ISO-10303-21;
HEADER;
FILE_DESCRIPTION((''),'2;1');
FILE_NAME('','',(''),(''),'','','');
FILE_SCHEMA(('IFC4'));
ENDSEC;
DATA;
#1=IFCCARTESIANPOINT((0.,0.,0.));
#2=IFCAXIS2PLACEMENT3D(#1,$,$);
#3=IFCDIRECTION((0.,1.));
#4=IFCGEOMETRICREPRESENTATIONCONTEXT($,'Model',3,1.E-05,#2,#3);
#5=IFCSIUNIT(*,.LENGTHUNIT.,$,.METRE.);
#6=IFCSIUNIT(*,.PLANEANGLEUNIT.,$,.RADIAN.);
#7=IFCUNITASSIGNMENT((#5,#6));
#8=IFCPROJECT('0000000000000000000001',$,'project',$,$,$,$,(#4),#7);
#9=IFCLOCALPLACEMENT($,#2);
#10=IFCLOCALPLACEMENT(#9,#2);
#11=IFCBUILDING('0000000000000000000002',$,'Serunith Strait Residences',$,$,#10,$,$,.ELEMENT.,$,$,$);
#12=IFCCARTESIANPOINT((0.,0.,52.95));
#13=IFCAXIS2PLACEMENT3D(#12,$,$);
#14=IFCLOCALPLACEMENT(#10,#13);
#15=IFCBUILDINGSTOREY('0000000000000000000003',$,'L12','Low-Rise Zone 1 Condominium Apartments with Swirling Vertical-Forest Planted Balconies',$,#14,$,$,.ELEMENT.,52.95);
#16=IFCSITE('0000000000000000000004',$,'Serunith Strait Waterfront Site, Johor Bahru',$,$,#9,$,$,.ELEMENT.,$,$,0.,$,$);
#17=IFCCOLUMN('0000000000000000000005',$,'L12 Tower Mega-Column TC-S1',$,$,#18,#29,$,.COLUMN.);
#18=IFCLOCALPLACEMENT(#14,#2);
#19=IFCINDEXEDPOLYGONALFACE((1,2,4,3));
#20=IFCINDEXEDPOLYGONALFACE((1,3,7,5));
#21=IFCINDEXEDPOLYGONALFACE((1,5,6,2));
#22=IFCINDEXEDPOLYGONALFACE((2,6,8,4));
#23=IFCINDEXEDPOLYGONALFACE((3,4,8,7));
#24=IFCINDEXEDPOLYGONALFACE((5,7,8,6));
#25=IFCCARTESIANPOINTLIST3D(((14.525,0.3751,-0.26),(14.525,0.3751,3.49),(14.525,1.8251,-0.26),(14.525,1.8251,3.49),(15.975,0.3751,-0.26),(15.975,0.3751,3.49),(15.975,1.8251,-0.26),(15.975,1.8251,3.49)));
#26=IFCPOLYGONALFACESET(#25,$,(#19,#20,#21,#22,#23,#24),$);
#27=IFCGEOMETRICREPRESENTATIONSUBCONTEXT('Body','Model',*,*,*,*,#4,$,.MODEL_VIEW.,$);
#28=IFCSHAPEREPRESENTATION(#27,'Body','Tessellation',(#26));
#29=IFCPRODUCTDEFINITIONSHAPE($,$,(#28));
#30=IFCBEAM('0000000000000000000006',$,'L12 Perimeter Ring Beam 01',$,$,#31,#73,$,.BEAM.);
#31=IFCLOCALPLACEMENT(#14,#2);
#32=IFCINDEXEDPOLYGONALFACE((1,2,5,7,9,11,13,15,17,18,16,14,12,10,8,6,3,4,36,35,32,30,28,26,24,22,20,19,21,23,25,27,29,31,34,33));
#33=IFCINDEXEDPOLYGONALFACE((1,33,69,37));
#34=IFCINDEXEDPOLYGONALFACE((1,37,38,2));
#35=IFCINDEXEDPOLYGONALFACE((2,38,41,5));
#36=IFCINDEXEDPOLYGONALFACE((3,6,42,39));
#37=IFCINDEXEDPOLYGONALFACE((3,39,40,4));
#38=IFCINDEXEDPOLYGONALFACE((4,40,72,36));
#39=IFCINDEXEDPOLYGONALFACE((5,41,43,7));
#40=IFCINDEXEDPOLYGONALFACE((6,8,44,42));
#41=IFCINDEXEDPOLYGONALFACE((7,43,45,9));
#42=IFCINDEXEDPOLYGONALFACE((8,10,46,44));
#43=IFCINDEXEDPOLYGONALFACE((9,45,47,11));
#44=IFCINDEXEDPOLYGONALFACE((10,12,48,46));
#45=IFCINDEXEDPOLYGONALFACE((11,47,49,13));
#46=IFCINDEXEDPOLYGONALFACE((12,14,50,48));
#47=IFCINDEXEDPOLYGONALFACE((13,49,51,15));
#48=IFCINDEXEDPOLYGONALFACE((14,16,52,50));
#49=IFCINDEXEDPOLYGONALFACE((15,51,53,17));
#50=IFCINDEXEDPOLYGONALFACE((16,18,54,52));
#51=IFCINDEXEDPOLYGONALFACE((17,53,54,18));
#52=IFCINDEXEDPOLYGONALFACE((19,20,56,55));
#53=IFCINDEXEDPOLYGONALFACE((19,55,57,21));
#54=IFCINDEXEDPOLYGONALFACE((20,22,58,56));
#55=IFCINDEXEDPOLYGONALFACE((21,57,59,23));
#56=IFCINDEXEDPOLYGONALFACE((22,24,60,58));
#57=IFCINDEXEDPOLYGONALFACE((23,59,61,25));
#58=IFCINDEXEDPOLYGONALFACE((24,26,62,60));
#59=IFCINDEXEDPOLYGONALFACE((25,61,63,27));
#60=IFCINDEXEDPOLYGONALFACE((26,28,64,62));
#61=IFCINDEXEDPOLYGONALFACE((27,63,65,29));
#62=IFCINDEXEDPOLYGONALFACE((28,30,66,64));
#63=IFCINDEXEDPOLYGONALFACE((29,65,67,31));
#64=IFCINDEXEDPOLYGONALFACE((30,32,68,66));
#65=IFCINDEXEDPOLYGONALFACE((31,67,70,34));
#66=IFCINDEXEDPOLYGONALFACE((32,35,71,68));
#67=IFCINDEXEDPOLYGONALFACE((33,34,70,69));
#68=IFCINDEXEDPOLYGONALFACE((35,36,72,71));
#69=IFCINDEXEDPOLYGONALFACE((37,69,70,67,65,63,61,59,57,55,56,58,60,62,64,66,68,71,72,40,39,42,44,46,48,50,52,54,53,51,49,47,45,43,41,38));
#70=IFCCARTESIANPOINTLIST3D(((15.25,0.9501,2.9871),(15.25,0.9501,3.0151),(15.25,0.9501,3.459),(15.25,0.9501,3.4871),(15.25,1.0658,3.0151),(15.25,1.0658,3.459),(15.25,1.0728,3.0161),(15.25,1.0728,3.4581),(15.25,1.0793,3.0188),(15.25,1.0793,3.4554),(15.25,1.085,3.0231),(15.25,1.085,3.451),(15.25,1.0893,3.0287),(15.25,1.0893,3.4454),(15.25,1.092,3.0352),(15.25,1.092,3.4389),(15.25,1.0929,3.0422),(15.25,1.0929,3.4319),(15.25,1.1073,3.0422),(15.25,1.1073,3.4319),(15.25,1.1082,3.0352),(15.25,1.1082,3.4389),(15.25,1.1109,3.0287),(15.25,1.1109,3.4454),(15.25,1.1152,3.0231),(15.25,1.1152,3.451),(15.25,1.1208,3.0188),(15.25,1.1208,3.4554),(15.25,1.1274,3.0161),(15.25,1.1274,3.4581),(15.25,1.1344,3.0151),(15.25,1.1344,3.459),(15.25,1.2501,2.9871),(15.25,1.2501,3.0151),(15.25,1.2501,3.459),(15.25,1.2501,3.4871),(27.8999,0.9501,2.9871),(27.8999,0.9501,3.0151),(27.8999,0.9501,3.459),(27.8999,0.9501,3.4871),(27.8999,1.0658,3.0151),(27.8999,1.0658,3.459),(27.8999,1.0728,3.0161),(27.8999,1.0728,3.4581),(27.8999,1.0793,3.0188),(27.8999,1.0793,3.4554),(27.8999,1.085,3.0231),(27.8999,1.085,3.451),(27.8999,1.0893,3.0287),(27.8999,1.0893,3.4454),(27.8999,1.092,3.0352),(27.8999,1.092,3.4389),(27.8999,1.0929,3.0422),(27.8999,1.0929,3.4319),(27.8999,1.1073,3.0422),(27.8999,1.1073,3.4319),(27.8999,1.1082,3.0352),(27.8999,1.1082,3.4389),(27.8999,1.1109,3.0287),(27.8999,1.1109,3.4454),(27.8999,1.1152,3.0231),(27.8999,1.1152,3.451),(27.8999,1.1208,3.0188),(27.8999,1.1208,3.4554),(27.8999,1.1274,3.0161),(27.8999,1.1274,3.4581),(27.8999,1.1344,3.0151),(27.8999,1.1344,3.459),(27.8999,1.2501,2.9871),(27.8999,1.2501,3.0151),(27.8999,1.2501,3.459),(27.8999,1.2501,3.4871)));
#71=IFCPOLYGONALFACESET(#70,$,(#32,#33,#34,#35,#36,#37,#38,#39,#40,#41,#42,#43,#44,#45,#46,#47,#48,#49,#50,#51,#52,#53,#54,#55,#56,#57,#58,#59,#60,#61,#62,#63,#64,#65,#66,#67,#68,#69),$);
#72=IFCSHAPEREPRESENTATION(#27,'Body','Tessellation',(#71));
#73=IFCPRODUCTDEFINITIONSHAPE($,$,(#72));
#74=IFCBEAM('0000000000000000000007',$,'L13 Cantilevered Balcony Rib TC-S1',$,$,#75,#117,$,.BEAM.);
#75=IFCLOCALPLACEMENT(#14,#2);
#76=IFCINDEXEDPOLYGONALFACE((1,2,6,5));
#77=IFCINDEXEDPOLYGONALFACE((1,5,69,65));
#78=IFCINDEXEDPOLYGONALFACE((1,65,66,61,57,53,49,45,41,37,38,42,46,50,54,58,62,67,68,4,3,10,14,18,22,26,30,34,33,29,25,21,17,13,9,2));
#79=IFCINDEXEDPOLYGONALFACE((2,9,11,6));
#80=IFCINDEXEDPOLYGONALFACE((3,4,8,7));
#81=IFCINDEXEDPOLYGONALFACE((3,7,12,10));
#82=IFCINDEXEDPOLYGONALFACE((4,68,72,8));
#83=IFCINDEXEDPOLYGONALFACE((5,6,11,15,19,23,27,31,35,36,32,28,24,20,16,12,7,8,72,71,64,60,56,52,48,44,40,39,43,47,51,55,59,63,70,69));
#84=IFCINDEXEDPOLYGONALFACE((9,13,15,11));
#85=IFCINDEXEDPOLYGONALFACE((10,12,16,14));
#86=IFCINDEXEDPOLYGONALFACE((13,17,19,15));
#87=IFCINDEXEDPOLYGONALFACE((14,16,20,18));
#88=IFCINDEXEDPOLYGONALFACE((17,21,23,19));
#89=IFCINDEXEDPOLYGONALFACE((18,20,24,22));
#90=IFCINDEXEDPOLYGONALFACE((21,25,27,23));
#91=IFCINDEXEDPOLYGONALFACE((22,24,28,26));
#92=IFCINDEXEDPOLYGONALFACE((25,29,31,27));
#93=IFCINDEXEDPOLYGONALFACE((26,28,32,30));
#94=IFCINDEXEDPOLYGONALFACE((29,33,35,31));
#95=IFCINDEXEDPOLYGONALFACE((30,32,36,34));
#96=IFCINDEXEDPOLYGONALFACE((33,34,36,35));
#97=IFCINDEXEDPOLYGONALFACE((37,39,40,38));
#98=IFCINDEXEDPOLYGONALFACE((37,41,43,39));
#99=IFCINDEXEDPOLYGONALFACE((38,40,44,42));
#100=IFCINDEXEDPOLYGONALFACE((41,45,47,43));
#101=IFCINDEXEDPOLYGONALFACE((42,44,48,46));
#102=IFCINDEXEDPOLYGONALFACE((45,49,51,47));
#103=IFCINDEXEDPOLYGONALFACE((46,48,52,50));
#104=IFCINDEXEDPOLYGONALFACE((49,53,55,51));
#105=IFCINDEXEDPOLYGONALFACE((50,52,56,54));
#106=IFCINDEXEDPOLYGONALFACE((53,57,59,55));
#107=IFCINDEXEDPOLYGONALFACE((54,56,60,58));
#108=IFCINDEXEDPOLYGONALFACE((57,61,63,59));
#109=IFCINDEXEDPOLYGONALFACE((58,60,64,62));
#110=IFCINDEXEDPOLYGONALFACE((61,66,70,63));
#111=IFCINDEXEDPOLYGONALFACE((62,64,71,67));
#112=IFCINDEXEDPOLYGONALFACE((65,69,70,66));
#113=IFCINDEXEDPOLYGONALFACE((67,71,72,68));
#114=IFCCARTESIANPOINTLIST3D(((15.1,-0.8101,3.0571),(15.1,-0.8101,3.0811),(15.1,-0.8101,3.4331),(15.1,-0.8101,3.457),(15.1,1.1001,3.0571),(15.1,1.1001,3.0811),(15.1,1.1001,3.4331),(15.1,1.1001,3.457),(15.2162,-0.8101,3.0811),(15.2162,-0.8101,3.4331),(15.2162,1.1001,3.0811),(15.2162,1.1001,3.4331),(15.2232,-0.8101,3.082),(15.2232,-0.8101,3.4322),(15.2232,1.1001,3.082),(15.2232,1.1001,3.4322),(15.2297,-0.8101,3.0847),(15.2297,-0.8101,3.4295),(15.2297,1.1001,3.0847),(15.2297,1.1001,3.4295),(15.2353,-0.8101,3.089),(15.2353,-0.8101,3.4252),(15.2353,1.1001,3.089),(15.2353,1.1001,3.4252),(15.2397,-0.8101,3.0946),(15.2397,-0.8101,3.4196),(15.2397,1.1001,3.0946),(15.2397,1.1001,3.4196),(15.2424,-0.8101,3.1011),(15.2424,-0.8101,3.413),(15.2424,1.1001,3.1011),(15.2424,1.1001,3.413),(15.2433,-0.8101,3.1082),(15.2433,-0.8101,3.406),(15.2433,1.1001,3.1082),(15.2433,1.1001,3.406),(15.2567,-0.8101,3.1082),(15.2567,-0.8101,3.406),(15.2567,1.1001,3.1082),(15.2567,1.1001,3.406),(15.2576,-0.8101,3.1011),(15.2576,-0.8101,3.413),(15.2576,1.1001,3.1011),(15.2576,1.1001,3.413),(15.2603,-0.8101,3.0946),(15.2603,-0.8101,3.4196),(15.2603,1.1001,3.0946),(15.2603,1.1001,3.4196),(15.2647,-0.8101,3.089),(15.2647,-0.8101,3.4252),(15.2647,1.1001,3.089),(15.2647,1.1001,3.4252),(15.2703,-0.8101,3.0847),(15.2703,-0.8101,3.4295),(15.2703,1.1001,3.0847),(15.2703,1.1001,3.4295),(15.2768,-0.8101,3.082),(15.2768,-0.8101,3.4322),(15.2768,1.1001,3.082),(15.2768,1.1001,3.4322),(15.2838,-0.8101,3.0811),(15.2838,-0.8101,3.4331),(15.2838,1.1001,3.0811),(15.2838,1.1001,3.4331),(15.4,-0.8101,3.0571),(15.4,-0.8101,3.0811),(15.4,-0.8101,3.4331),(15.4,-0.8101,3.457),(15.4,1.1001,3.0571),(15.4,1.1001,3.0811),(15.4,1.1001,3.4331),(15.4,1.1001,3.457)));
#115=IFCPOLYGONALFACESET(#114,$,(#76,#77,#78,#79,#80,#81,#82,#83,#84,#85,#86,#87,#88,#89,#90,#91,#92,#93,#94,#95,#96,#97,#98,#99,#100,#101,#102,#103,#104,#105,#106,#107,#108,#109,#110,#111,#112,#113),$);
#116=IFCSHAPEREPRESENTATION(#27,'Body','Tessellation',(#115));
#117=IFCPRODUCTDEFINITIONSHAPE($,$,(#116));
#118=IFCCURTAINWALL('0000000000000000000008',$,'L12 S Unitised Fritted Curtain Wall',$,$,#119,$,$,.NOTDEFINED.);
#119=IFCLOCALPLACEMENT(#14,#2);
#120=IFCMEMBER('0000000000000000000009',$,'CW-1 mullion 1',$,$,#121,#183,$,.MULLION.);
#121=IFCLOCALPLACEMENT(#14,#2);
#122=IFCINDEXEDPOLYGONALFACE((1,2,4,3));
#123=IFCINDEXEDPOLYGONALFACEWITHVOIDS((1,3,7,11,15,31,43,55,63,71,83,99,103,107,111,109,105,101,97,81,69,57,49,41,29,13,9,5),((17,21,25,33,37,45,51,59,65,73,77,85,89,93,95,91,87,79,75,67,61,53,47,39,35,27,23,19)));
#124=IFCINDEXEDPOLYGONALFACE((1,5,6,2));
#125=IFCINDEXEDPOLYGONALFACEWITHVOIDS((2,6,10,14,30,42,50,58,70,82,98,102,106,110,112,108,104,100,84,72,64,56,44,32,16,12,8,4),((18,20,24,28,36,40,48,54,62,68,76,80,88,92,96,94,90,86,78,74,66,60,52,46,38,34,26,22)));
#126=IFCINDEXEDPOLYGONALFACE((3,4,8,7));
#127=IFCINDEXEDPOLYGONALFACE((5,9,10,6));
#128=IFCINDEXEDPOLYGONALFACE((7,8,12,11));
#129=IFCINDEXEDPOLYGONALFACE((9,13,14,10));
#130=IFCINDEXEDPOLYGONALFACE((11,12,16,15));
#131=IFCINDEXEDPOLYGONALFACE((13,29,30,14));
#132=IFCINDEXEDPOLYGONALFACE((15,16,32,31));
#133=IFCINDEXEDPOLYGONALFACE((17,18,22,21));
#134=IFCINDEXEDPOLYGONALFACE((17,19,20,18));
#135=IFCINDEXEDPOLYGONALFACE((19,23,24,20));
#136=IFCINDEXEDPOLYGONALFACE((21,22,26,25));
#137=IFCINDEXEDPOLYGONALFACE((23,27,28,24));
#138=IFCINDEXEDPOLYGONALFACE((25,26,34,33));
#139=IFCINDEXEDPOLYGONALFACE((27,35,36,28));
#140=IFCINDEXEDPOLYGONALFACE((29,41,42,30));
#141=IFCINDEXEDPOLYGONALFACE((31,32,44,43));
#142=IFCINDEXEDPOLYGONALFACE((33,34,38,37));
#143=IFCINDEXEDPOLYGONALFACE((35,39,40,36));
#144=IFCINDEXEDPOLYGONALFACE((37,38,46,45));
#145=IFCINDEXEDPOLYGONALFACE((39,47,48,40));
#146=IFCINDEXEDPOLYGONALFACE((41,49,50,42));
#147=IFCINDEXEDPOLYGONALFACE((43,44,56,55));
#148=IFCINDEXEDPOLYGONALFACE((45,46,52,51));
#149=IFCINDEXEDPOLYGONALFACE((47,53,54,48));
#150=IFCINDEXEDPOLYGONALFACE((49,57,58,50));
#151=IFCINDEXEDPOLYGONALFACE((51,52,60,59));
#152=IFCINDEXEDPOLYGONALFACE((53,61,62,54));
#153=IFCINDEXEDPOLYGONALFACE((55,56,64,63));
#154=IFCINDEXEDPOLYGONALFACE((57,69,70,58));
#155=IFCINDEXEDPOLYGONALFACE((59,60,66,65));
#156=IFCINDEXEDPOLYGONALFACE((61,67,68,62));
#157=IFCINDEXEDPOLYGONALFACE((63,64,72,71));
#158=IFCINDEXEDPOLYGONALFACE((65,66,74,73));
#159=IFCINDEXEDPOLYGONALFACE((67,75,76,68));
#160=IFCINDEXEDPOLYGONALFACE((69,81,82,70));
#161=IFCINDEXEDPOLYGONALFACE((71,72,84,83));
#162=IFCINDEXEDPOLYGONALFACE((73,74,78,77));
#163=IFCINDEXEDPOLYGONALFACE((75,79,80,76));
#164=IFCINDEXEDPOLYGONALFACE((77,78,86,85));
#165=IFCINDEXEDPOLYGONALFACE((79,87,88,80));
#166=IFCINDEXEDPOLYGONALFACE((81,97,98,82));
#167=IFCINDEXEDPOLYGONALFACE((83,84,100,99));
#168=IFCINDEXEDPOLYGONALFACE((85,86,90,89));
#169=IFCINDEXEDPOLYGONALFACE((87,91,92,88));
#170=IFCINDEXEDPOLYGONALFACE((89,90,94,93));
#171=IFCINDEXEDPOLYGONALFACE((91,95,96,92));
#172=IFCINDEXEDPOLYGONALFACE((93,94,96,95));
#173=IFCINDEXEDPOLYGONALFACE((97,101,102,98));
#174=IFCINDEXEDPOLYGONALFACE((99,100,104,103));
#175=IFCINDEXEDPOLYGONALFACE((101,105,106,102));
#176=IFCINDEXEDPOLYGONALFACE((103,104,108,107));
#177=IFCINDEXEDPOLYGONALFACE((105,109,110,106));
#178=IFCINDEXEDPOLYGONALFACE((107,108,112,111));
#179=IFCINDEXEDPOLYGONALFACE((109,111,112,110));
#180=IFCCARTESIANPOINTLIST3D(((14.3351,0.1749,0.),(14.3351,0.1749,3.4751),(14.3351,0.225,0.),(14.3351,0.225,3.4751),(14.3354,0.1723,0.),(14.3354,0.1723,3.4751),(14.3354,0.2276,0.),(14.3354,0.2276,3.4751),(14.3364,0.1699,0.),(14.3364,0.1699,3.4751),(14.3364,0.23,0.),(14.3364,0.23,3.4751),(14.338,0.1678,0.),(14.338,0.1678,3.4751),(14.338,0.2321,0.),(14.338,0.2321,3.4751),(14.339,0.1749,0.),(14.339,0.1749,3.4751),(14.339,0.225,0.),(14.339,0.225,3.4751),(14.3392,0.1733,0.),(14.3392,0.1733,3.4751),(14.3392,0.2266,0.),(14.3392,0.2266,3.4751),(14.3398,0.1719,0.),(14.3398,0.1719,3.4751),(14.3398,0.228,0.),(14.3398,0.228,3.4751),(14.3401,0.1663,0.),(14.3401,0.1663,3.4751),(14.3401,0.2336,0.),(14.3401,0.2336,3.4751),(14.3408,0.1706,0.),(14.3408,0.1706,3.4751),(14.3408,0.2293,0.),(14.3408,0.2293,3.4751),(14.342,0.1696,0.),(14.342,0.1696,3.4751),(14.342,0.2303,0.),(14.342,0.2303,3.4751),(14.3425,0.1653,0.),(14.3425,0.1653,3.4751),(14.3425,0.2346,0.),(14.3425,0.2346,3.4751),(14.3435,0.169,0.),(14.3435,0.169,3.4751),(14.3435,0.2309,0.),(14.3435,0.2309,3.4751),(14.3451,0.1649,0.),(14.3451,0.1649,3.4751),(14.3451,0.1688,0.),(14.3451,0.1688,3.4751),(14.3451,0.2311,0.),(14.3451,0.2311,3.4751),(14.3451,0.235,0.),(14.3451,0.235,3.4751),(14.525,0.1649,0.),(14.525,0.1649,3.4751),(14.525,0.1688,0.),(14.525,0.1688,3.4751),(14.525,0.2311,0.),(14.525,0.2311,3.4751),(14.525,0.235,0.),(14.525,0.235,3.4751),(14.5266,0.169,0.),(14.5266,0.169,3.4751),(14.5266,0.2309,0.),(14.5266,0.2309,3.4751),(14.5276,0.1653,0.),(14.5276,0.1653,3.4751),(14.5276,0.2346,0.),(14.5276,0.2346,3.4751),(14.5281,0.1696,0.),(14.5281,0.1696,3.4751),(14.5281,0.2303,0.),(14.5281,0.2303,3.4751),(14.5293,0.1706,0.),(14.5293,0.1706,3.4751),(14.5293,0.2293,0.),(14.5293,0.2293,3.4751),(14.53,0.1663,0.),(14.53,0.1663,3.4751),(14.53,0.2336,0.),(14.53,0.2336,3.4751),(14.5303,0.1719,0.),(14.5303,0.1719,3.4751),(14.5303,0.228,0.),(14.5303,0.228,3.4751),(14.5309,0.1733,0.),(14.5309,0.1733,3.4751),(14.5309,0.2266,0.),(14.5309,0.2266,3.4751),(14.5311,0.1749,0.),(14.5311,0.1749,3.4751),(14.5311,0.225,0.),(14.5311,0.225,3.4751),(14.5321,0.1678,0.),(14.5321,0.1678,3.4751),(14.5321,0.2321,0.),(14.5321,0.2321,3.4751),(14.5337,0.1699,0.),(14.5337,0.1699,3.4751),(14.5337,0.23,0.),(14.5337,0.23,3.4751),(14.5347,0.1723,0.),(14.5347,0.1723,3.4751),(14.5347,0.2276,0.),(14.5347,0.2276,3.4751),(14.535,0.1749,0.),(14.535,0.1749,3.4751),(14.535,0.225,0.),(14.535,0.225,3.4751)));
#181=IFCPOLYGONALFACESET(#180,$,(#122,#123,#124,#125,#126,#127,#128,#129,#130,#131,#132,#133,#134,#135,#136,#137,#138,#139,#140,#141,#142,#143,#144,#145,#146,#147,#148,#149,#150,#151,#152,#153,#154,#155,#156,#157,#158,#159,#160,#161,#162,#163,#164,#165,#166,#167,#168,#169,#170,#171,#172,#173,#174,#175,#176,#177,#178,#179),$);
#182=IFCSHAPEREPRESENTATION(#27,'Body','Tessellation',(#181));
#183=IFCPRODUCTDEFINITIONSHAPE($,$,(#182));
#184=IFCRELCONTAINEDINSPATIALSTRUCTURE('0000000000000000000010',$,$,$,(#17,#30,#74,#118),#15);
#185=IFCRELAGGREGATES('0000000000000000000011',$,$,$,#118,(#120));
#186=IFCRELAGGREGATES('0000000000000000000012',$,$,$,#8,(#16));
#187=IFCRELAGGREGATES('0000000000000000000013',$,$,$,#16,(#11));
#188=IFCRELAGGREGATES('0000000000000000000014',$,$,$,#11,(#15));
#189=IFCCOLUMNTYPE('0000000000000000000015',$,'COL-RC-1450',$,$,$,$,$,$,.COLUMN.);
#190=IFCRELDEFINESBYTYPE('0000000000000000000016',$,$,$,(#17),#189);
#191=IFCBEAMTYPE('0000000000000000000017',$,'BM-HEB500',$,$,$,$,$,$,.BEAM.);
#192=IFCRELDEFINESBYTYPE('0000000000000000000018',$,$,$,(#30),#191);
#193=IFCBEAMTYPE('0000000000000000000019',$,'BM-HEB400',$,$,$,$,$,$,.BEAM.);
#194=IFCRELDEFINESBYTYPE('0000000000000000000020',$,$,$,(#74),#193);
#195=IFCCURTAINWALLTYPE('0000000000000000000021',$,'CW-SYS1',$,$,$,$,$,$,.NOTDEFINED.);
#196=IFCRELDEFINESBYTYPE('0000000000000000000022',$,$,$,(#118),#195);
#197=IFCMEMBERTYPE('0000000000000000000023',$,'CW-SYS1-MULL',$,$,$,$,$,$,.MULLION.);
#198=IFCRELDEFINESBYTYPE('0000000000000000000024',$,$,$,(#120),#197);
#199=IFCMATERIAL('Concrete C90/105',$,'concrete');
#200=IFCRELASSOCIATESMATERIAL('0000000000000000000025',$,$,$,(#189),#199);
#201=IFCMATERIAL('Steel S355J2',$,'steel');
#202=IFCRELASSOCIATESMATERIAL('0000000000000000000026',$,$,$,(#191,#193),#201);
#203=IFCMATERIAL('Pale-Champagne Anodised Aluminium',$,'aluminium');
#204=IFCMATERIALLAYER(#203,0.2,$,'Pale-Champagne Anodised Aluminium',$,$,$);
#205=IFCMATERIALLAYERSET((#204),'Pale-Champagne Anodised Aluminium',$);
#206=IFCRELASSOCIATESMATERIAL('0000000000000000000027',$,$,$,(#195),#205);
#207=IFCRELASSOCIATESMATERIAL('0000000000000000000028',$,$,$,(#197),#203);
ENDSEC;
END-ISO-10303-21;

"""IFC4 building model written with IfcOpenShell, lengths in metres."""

from ifc_helpers import new_model, si_unit, direction, frame, origin, origin_2d, place, context, subcontext, project, spatial, rectangle, hollow_rectangle, i_section, extrude, source, transform, mapped, material, layer, layer_set, material_profile, profile_set, type_object, element, aggregate, save


model = new_model("IFC4")

# Units and contexts
model_context = context("Model", 3, precision=1e-05, world=origin(), true_north=direction((0.0, 1.0)))
body_context = subcontext(model_context, "Body", "Model", "MODEL_VIEW")
ifc_project = project(units=[si_unit("LENGTHUNIT", "METRE"), si_unit("PLANEANGLEUNIT", "RADIAN")], contexts=[model_context])

# Site, building, storey
site_placement = place(None, origin())
site = spatial("IfcSite", under=ifc_project, at=site_placement, Name="Serunith Strait Waterfront Site, Johor Bahru", CompositionType="ELEMENT", RefElevation=0.0)
building_placement = place(site_placement, origin())
building = spatial("IfcBuilding", under=site, at=building_placement, Name="Serunith Strait Residences", CompositionType="ELEMENT")
storey_placement = place(building_placement, frame((0.0, 0.0, 52.95)))
storey = spatial("IfcBuildingStorey", under=building, at=storey_placement, Name="L12", Description="Low-Rise Zone 1 Condominium Apartments with Swirling Vertical-Forest Planted Balconies", CompositionType="ELEMENT", Elevation=52.95)

# Column
ifc_material_1 = material(Name="Concrete C90/105", Category="concrete")
ifc_material_profile_1 = material_profile(ifc_material_1, rectangle(XDim=1.45, YDim=1.45, at=origin_2d()), Name="RC 1450x1450")
ifc_profile_set_1 = profile_set([ifc_material_profile_1], Name="Concrete C90/105")
column_type = type_object("IfcColumnType", Name="COL-RC-1450", PredefinedType="COLUMN", material=ifc_profile_set_1)
shared_shape_1 = source(origin(), body_context, "Body", "SweptSolid", [
    extrude(rectangle(XDim=1.45, YDim=1.45, at=origin_2d()), origin(), (0.0, 0.0, 1.0), 3.75),
])
column_placement = place(storey_placement, frame((15.25, 1.1001, -0.26), z_axis=(0.0, 0.0, 1.0), x_axis=(1.0, 0.0, 0.0)))
element("IfcColumn", 1, at=column_placement, inside=storey, type_object=column_type, Name="L12 Tower Mega-Column TC-S1", PredefinedType="COLUMN", context=body_context, shape_type="MappedRepresentation", body=[
    mapped(shared_shape_1, transform((0.0, 0.0, 0.0), scale=1.0)),
])

# Beams
ifc_material_2 = material(Name="Steel S355J2", Category="steel")
ifc_material_profile_2 = material_profile(ifc_material_2, i_section(OverallWidth=0.3, OverallDepth=0.5, WebThickness=0.0144, FlangeThickness=0.0281, FilletRadius=0.0271, at=origin_2d()), Name="HEB 500")
ifc_profile_set_2 = profile_set([ifc_material_profile_2], Name="Steel S355J2")
beam_type_1 = type_object("IfcBeamType", Name="BM-HEB500", PredefinedType="BEAM", material=ifc_profile_set_2)
shared_shape_2 = source(origin(), body_context, "Body", "SweptSolid", [
    extrude(i_section(OverallWidth=0.3, OverallDepth=0.5, WebThickness=0.0144, FlangeThickness=0.0281, FilletRadius=0.0271, at=origin_2d()), origin(), (0.0, 0.0, 1.0), 12.6499),
])
beam_1_placement = place(storey_placement, frame((15.25, 1.1001, 3.2371), z_axis=(1.0, 0.0, 0.0), x_axis=(0.0, 1.0, 0.0)))
element("IfcBeam", 2, at=beam_1_placement, inside=storey, type_object=beam_type_1, Name="L12 Perimeter Ring Beam 01", PredefinedType="BEAM", context=body_context, shape_type="MappedRepresentation", body=[
    mapped(shared_shape_2, transform((0.0, 0.0, 0.0), scale=1.0)),
])
ifc_material_profile_3 = material_profile(ifc_material_2, i_section(OverallWidth=0.3, OverallDepth=0.3999, WebThickness=0.0134, FlangeThickness=0.0239, FilletRadius=0.0271, at=origin_2d()), Name="HEB 400")
ifc_profile_set_3 = profile_set([ifc_material_profile_3], Name="Steel S355J2")
beam_type_2 = type_object("IfcBeamType", Name="BM-HEB400", PredefinedType="BEAM", material=ifc_profile_set_3)
shared_shape_3 = source(origin(), body_context, "Body", "SweptSolid", [
    extrude(i_section(OverallWidth=0.3, OverallDepth=0.3999, WebThickness=0.0134, FlangeThickness=0.0239, FilletRadius=0.0271, at=origin_2d()), origin(), (0.0, 0.0, 1.0), 1.9102),
])
beam_2_placement = place(storey_placement, frame((15.25, 1.1001, 3.2571), z_axis=(0.0, -1.0, 0.0), x_axis=(1.0, 0.0, 0.0)))
element("IfcBeam", 3, at=beam_2_placement, inside=storey, type_object=beam_type_2, Name="L13 Cantilevered Balcony Rib TC-S1", PredefinedType="BEAM", context=body_context, shape_type="MappedRepresentation", body=[
    mapped(shared_shape_3, transform((0.0, 0.0, 0.0), scale=1.0)),
])

# Curtain wall, member
ifc_material_3 = material(Name="Pale-Champagne Anodised Aluminium", Category="aluminium")
ifc_layer_1 = layer(ifc_material_3, 0.2, Name="Pale-Champagne Anodised Aluminium")
ifc_layer_set_1 = layer_set([ifc_layer_1], Name="Pale-Champagne Anodised Aluminium")
curtain_wall_type = type_object("IfcCurtainWallType", Name="CW-SYS1", PredefinedType="NOTDEFINED", material=ifc_layer_set_1)
curtain_wall_1_placement = place(storey_placement, origin())
curtain_wall_1 = element("IfcCurtainWall", 4, at=curtain_wall_1_placement, inside=storey, type_object=curtain_wall_type, Name="L12 S Unitised Fritted Curtain Wall", PredefinedType="NOTDEFINED")
ifc_material_profile_4 = material_profile(ifc_material_3, hollow_rectangle(XDim=0.0701, YDim=0.2, WallThickness=0.0039, InnerFilletRadius=0.0061, OuterFilletRadius=0.01, at=origin_2d()), Name="ALU 200x70x4")
ifc_profile_set_4 = profile_set([ifc_material_profile_4], Name="Pale-Champagne Anodised Aluminium")
member_type_1 = type_object("IfcMemberType", Name="CW-SYS1-MULL", PredefinedType="MULLION", material=ifc_profile_set_4)
shared_shape_4 = source(origin(), body_context, "Body", "SweptSolid", [
    extrude(hollow_rectangle(XDim=0.0701, YDim=0.2, WallThickness=0.0039, InnerFilletRadius=0.0061, OuterFilletRadius=0.01, at=origin_2d()), origin(), (0.0, 0.0, 1.0), 3.4751),
])
member_1_placement = place(storey_placement, frame((14.4351, 0.2, 0.0), z_axis=(0.0, 0.0, 1.0), x_axis=(0.0, 1.0, 0.0)))
member_1 = element("IfcMember", 5, at=member_1_placement, type_object=member_type_1, Name="CW-1 mullion 1", PredefinedType="MULLION", context=body_context, shape_type="MappedRepresentation", body=[
    mapped(shared_shape_4, transform((0.0, 0.0, 0.0), scale=1.0)),
])

aggregate(curtain_wall_1, [member_1])

save(model, "model.ifc")
